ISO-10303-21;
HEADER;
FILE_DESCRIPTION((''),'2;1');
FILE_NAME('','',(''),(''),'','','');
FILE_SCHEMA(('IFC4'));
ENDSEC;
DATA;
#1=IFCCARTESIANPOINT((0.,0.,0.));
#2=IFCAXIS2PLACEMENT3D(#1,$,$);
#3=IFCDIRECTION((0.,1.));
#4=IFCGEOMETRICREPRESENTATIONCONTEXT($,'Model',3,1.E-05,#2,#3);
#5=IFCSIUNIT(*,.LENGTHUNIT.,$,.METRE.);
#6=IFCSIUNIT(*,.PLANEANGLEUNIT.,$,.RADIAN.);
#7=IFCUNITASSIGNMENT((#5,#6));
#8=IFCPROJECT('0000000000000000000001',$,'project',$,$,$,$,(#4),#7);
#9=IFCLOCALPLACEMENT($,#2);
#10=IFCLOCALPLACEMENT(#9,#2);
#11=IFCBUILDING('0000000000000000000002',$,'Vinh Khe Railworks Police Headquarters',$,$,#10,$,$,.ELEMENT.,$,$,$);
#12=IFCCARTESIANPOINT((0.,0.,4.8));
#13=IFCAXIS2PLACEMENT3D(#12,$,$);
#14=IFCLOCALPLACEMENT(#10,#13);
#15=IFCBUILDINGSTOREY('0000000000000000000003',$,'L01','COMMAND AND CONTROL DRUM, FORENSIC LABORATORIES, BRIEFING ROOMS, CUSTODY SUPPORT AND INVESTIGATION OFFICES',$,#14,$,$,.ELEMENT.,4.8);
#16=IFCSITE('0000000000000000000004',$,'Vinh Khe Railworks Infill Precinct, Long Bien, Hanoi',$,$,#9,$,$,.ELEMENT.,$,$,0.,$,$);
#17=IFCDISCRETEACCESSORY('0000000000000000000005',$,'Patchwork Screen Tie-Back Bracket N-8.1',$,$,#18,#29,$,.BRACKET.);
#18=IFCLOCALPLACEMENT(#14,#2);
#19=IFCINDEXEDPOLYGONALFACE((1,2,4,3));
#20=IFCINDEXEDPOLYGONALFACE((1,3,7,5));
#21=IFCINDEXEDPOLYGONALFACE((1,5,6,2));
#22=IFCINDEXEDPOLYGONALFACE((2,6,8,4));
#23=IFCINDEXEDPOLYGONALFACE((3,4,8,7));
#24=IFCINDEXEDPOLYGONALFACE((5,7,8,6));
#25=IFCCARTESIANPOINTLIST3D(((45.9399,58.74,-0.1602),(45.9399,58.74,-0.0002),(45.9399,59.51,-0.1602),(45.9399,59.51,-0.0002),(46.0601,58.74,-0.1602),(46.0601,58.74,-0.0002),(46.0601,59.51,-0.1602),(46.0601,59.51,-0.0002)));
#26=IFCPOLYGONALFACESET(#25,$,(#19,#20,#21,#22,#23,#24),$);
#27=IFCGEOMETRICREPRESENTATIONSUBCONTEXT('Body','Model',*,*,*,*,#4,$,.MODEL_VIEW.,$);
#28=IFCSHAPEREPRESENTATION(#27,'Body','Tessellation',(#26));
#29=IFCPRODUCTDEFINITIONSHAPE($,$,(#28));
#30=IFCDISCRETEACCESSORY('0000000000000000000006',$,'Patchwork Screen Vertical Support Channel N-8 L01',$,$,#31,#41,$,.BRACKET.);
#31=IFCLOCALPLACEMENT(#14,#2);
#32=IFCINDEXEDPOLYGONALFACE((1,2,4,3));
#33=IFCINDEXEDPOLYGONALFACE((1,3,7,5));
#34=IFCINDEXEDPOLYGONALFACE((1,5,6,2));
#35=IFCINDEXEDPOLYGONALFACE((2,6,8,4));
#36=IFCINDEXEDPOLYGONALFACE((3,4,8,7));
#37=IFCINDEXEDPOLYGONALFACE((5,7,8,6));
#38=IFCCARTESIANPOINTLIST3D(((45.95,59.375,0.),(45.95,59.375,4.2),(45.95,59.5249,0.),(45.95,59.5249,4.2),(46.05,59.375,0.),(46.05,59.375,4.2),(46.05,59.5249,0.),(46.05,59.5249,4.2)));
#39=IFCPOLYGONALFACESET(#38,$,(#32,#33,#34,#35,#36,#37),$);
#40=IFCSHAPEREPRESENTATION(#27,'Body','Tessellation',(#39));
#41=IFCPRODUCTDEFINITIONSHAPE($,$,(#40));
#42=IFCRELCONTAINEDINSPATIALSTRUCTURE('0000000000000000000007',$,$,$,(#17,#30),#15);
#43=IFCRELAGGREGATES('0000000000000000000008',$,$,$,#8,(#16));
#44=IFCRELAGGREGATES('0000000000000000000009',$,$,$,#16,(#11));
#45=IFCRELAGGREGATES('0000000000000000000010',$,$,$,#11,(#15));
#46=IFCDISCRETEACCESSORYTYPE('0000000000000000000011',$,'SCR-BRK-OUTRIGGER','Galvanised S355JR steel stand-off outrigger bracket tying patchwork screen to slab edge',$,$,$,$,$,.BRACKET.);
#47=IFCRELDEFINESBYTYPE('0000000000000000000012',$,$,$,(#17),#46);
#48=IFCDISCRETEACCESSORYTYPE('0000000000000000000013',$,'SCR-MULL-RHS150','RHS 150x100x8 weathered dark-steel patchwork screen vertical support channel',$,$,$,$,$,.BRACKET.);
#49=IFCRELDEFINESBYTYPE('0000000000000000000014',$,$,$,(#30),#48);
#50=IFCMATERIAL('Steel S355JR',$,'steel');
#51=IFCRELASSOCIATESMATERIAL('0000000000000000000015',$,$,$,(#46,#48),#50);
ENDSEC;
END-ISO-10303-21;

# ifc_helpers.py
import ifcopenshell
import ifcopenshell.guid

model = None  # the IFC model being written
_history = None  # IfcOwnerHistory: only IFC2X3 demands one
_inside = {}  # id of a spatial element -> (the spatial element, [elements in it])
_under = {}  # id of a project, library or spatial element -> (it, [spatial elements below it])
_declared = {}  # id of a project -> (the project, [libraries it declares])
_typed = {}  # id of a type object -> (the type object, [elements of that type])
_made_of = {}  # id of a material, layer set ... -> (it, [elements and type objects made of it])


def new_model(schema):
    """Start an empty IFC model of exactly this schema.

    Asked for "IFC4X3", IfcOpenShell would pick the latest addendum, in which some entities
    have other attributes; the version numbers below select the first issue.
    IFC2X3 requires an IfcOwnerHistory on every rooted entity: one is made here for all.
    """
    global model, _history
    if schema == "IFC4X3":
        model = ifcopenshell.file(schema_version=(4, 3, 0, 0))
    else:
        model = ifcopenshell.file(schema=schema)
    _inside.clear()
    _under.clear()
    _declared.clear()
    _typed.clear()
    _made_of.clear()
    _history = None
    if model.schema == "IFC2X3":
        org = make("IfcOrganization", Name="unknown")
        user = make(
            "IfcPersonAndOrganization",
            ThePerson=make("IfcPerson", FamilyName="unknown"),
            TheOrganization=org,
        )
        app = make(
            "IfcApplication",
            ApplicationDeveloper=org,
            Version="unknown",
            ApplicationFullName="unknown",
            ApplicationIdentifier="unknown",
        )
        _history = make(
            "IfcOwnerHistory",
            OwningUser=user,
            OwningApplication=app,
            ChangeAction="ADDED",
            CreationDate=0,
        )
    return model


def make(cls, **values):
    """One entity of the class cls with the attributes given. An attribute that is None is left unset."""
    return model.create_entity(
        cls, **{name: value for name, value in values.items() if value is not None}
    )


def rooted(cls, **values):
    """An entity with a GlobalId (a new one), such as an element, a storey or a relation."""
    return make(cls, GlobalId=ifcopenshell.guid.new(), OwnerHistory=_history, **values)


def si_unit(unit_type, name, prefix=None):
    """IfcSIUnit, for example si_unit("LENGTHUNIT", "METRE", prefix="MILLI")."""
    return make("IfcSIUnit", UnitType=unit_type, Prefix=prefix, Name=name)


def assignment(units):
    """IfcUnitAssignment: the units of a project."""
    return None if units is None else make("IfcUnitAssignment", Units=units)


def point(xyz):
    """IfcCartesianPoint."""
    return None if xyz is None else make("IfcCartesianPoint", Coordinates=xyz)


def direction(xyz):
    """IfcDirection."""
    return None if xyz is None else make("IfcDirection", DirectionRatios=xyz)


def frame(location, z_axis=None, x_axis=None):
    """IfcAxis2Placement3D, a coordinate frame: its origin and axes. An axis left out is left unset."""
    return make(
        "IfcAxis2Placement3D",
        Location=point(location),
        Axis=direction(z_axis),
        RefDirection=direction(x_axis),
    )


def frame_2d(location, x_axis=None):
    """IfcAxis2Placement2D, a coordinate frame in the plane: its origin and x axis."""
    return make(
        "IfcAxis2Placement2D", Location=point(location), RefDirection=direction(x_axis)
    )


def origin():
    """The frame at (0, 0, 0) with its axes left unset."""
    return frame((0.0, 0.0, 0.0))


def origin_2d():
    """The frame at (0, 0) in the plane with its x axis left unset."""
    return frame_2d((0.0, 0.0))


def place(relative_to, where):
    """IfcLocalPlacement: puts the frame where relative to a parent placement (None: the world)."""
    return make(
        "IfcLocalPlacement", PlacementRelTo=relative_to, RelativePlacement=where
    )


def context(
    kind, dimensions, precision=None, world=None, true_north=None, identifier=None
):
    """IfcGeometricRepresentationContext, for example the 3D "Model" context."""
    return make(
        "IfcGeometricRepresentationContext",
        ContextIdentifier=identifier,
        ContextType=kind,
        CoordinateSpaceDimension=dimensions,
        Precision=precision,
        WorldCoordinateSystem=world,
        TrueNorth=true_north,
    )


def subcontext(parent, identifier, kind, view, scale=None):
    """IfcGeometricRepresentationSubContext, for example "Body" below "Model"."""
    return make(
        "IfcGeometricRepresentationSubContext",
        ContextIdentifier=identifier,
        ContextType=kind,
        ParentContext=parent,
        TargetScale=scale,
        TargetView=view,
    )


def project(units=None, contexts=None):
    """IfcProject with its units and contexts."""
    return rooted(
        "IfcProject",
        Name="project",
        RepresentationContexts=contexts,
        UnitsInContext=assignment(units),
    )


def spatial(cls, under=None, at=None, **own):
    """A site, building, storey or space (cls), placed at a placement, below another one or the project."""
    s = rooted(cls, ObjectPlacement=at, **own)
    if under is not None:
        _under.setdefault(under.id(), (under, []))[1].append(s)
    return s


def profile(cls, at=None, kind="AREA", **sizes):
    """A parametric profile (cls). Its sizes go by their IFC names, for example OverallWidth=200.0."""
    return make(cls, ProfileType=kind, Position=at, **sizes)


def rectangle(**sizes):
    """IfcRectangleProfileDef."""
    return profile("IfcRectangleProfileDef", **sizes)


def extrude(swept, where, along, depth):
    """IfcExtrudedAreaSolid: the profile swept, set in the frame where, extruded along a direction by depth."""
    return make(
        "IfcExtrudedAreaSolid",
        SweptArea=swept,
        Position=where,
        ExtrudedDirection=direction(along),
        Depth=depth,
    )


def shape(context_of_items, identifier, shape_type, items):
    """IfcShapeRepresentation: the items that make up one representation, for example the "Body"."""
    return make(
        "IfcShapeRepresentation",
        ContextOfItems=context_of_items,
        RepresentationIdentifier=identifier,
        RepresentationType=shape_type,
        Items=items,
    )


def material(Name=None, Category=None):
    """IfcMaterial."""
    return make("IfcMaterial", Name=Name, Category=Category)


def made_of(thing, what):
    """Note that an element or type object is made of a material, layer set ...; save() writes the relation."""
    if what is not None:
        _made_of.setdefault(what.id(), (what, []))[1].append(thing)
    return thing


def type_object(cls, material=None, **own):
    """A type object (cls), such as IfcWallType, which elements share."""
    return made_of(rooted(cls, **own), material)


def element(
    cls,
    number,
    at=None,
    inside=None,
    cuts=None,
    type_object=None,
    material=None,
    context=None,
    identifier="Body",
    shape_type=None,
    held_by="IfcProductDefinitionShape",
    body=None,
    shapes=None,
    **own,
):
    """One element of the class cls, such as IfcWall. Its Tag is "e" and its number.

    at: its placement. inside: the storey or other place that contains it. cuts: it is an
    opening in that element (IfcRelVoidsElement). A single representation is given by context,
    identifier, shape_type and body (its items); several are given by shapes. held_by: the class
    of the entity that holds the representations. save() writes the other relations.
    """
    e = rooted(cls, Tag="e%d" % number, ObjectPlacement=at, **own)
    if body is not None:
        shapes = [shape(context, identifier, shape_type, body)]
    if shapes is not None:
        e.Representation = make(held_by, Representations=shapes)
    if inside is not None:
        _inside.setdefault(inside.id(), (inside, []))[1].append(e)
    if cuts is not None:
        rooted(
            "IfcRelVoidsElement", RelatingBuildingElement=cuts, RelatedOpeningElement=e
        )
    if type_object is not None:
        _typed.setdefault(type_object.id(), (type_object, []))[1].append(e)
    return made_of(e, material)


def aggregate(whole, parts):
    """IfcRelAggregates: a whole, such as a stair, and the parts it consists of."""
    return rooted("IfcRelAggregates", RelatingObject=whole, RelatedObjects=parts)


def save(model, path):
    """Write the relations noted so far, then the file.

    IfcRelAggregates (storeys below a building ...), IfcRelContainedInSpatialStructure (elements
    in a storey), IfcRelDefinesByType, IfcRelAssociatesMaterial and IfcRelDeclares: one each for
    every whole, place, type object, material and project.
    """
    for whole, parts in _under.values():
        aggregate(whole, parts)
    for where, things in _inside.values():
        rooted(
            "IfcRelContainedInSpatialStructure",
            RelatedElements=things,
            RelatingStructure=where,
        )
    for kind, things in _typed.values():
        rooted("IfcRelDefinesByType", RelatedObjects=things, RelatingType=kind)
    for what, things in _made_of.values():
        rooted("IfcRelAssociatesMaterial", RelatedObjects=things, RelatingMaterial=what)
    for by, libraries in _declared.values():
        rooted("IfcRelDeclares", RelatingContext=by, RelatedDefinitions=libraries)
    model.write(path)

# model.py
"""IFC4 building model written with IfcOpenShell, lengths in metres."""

from ifc_helpers import new_model, si_unit, direction, frame, origin, origin_2d, place, context, subcontext, project, spatial, rectangle, extrude, material, type_object, element, save


model = new_model("IFC4")

# Units and contexts
model_context = context("Model", 3, precision=1e-05, world=origin(), true_north=direction((0.0, 1.0)))
body_context = subcontext(model_context, "Body", "Model", "MODEL_VIEW")
ifc_project = project(units=[si_unit("LENGTHUNIT", "METRE"), si_unit("PLANEANGLEUNIT", "RADIAN")], contexts=[model_context])

# Site, building, storey
site_placement = place(None, origin())
site = spatial("IfcSite", under=ifc_project, at=site_placement, Name="Vinh Khe Railworks Infill Precinct, Long Bien, Hanoi", CompositionType="ELEMENT", RefElevation=0.0)
building_placement = place(site_placement, origin())
building = spatial("IfcBuilding", under=site, at=building_placement, Name="Vinh Khe Railworks Police Headquarters", CompositionType="ELEMENT")
storey_placement = place(building_placement, frame((0.0, 0.0, 4.8)))
storey = spatial("IfcBuildingStorey", under=building, at=storey_placement, Name="L01", Description="COMMAND AND CONTROL DRUM, FORENSIC LABORATORIES, BRIEFING ROOMS, CUSTODY SUPPORT AND INVESTIGATION OFFICES", CompositionType="ELEMENT", Elevation=4.8)

# Shared definitions
ifc_material_1 = material(Name="Steel S355JR", Category="steel")

# Discrete accessories
discrete_accessory_type_1 = type_object("IfcDiscreteAccessoryType", Name="SCR-BRK-OUTRIGGER", Description="Galvanised S355JR steel stand-off outrigger bracket tying patchwork screen to slab edge", PredefinedType="BRACKET", material=ifc_material_1)
discrete_accessory_1_placement = place(storey_placement, frame((46.0, 59.125, -0.1602), z_axis=(0.0, 0.0, 1.0), x_axis=(1.0, 0.0, 0.0)))
element("IfcDiscreteAccessory", 1, at=discrete_accessory_1_placement, inside=storey, type_object=discrete_accessory_type_1, Name="Patchwork Screen Tie-Back Bracket N-8.1", PredefinedType="BRACKET", context=body_context, shape_type="SweptSolid", body=[
    extrude(rectangle(XDim=0.1201, YDim=0.77, at=origin_2d()), origin(), (0.0, 0.0, 1.0), 0.1599),
])
discrete_accessory_type_2 = type_object("IfcDiscreteAccessoryType", Name="SCR-MULL-RHS150", Description="RHS 150x100x8 weathered dark-steel patchwork screen vertical support channel", PredefinedType="BRACKET", material=ifc_material_1)
discrete_accessory_2_placement = place(storey_placement, frame((46.0, 59.45, 0.0), z_axis=(0.0, 0.0, 1.0), x_axis=(1.0, 0.0, 0.0)))
element("IfcDiscreteAccessory", 2, at=discrete_accessory_2_placement, inside=storey, type_object=discrete_accessory_type_2, Name="Patchwork Screen Vertical Support Channel N-8 L01", PredefinedType="BRACKET", context=body_context, shape_type="SweptSolid", body=[
    extrude(rectangle(XDim=0.1001, YDim=0.1499, at=origin_2d()), origin(), (0.0, 0.0, 1.0), 4.2),
])

save(model, "model.ifc")
